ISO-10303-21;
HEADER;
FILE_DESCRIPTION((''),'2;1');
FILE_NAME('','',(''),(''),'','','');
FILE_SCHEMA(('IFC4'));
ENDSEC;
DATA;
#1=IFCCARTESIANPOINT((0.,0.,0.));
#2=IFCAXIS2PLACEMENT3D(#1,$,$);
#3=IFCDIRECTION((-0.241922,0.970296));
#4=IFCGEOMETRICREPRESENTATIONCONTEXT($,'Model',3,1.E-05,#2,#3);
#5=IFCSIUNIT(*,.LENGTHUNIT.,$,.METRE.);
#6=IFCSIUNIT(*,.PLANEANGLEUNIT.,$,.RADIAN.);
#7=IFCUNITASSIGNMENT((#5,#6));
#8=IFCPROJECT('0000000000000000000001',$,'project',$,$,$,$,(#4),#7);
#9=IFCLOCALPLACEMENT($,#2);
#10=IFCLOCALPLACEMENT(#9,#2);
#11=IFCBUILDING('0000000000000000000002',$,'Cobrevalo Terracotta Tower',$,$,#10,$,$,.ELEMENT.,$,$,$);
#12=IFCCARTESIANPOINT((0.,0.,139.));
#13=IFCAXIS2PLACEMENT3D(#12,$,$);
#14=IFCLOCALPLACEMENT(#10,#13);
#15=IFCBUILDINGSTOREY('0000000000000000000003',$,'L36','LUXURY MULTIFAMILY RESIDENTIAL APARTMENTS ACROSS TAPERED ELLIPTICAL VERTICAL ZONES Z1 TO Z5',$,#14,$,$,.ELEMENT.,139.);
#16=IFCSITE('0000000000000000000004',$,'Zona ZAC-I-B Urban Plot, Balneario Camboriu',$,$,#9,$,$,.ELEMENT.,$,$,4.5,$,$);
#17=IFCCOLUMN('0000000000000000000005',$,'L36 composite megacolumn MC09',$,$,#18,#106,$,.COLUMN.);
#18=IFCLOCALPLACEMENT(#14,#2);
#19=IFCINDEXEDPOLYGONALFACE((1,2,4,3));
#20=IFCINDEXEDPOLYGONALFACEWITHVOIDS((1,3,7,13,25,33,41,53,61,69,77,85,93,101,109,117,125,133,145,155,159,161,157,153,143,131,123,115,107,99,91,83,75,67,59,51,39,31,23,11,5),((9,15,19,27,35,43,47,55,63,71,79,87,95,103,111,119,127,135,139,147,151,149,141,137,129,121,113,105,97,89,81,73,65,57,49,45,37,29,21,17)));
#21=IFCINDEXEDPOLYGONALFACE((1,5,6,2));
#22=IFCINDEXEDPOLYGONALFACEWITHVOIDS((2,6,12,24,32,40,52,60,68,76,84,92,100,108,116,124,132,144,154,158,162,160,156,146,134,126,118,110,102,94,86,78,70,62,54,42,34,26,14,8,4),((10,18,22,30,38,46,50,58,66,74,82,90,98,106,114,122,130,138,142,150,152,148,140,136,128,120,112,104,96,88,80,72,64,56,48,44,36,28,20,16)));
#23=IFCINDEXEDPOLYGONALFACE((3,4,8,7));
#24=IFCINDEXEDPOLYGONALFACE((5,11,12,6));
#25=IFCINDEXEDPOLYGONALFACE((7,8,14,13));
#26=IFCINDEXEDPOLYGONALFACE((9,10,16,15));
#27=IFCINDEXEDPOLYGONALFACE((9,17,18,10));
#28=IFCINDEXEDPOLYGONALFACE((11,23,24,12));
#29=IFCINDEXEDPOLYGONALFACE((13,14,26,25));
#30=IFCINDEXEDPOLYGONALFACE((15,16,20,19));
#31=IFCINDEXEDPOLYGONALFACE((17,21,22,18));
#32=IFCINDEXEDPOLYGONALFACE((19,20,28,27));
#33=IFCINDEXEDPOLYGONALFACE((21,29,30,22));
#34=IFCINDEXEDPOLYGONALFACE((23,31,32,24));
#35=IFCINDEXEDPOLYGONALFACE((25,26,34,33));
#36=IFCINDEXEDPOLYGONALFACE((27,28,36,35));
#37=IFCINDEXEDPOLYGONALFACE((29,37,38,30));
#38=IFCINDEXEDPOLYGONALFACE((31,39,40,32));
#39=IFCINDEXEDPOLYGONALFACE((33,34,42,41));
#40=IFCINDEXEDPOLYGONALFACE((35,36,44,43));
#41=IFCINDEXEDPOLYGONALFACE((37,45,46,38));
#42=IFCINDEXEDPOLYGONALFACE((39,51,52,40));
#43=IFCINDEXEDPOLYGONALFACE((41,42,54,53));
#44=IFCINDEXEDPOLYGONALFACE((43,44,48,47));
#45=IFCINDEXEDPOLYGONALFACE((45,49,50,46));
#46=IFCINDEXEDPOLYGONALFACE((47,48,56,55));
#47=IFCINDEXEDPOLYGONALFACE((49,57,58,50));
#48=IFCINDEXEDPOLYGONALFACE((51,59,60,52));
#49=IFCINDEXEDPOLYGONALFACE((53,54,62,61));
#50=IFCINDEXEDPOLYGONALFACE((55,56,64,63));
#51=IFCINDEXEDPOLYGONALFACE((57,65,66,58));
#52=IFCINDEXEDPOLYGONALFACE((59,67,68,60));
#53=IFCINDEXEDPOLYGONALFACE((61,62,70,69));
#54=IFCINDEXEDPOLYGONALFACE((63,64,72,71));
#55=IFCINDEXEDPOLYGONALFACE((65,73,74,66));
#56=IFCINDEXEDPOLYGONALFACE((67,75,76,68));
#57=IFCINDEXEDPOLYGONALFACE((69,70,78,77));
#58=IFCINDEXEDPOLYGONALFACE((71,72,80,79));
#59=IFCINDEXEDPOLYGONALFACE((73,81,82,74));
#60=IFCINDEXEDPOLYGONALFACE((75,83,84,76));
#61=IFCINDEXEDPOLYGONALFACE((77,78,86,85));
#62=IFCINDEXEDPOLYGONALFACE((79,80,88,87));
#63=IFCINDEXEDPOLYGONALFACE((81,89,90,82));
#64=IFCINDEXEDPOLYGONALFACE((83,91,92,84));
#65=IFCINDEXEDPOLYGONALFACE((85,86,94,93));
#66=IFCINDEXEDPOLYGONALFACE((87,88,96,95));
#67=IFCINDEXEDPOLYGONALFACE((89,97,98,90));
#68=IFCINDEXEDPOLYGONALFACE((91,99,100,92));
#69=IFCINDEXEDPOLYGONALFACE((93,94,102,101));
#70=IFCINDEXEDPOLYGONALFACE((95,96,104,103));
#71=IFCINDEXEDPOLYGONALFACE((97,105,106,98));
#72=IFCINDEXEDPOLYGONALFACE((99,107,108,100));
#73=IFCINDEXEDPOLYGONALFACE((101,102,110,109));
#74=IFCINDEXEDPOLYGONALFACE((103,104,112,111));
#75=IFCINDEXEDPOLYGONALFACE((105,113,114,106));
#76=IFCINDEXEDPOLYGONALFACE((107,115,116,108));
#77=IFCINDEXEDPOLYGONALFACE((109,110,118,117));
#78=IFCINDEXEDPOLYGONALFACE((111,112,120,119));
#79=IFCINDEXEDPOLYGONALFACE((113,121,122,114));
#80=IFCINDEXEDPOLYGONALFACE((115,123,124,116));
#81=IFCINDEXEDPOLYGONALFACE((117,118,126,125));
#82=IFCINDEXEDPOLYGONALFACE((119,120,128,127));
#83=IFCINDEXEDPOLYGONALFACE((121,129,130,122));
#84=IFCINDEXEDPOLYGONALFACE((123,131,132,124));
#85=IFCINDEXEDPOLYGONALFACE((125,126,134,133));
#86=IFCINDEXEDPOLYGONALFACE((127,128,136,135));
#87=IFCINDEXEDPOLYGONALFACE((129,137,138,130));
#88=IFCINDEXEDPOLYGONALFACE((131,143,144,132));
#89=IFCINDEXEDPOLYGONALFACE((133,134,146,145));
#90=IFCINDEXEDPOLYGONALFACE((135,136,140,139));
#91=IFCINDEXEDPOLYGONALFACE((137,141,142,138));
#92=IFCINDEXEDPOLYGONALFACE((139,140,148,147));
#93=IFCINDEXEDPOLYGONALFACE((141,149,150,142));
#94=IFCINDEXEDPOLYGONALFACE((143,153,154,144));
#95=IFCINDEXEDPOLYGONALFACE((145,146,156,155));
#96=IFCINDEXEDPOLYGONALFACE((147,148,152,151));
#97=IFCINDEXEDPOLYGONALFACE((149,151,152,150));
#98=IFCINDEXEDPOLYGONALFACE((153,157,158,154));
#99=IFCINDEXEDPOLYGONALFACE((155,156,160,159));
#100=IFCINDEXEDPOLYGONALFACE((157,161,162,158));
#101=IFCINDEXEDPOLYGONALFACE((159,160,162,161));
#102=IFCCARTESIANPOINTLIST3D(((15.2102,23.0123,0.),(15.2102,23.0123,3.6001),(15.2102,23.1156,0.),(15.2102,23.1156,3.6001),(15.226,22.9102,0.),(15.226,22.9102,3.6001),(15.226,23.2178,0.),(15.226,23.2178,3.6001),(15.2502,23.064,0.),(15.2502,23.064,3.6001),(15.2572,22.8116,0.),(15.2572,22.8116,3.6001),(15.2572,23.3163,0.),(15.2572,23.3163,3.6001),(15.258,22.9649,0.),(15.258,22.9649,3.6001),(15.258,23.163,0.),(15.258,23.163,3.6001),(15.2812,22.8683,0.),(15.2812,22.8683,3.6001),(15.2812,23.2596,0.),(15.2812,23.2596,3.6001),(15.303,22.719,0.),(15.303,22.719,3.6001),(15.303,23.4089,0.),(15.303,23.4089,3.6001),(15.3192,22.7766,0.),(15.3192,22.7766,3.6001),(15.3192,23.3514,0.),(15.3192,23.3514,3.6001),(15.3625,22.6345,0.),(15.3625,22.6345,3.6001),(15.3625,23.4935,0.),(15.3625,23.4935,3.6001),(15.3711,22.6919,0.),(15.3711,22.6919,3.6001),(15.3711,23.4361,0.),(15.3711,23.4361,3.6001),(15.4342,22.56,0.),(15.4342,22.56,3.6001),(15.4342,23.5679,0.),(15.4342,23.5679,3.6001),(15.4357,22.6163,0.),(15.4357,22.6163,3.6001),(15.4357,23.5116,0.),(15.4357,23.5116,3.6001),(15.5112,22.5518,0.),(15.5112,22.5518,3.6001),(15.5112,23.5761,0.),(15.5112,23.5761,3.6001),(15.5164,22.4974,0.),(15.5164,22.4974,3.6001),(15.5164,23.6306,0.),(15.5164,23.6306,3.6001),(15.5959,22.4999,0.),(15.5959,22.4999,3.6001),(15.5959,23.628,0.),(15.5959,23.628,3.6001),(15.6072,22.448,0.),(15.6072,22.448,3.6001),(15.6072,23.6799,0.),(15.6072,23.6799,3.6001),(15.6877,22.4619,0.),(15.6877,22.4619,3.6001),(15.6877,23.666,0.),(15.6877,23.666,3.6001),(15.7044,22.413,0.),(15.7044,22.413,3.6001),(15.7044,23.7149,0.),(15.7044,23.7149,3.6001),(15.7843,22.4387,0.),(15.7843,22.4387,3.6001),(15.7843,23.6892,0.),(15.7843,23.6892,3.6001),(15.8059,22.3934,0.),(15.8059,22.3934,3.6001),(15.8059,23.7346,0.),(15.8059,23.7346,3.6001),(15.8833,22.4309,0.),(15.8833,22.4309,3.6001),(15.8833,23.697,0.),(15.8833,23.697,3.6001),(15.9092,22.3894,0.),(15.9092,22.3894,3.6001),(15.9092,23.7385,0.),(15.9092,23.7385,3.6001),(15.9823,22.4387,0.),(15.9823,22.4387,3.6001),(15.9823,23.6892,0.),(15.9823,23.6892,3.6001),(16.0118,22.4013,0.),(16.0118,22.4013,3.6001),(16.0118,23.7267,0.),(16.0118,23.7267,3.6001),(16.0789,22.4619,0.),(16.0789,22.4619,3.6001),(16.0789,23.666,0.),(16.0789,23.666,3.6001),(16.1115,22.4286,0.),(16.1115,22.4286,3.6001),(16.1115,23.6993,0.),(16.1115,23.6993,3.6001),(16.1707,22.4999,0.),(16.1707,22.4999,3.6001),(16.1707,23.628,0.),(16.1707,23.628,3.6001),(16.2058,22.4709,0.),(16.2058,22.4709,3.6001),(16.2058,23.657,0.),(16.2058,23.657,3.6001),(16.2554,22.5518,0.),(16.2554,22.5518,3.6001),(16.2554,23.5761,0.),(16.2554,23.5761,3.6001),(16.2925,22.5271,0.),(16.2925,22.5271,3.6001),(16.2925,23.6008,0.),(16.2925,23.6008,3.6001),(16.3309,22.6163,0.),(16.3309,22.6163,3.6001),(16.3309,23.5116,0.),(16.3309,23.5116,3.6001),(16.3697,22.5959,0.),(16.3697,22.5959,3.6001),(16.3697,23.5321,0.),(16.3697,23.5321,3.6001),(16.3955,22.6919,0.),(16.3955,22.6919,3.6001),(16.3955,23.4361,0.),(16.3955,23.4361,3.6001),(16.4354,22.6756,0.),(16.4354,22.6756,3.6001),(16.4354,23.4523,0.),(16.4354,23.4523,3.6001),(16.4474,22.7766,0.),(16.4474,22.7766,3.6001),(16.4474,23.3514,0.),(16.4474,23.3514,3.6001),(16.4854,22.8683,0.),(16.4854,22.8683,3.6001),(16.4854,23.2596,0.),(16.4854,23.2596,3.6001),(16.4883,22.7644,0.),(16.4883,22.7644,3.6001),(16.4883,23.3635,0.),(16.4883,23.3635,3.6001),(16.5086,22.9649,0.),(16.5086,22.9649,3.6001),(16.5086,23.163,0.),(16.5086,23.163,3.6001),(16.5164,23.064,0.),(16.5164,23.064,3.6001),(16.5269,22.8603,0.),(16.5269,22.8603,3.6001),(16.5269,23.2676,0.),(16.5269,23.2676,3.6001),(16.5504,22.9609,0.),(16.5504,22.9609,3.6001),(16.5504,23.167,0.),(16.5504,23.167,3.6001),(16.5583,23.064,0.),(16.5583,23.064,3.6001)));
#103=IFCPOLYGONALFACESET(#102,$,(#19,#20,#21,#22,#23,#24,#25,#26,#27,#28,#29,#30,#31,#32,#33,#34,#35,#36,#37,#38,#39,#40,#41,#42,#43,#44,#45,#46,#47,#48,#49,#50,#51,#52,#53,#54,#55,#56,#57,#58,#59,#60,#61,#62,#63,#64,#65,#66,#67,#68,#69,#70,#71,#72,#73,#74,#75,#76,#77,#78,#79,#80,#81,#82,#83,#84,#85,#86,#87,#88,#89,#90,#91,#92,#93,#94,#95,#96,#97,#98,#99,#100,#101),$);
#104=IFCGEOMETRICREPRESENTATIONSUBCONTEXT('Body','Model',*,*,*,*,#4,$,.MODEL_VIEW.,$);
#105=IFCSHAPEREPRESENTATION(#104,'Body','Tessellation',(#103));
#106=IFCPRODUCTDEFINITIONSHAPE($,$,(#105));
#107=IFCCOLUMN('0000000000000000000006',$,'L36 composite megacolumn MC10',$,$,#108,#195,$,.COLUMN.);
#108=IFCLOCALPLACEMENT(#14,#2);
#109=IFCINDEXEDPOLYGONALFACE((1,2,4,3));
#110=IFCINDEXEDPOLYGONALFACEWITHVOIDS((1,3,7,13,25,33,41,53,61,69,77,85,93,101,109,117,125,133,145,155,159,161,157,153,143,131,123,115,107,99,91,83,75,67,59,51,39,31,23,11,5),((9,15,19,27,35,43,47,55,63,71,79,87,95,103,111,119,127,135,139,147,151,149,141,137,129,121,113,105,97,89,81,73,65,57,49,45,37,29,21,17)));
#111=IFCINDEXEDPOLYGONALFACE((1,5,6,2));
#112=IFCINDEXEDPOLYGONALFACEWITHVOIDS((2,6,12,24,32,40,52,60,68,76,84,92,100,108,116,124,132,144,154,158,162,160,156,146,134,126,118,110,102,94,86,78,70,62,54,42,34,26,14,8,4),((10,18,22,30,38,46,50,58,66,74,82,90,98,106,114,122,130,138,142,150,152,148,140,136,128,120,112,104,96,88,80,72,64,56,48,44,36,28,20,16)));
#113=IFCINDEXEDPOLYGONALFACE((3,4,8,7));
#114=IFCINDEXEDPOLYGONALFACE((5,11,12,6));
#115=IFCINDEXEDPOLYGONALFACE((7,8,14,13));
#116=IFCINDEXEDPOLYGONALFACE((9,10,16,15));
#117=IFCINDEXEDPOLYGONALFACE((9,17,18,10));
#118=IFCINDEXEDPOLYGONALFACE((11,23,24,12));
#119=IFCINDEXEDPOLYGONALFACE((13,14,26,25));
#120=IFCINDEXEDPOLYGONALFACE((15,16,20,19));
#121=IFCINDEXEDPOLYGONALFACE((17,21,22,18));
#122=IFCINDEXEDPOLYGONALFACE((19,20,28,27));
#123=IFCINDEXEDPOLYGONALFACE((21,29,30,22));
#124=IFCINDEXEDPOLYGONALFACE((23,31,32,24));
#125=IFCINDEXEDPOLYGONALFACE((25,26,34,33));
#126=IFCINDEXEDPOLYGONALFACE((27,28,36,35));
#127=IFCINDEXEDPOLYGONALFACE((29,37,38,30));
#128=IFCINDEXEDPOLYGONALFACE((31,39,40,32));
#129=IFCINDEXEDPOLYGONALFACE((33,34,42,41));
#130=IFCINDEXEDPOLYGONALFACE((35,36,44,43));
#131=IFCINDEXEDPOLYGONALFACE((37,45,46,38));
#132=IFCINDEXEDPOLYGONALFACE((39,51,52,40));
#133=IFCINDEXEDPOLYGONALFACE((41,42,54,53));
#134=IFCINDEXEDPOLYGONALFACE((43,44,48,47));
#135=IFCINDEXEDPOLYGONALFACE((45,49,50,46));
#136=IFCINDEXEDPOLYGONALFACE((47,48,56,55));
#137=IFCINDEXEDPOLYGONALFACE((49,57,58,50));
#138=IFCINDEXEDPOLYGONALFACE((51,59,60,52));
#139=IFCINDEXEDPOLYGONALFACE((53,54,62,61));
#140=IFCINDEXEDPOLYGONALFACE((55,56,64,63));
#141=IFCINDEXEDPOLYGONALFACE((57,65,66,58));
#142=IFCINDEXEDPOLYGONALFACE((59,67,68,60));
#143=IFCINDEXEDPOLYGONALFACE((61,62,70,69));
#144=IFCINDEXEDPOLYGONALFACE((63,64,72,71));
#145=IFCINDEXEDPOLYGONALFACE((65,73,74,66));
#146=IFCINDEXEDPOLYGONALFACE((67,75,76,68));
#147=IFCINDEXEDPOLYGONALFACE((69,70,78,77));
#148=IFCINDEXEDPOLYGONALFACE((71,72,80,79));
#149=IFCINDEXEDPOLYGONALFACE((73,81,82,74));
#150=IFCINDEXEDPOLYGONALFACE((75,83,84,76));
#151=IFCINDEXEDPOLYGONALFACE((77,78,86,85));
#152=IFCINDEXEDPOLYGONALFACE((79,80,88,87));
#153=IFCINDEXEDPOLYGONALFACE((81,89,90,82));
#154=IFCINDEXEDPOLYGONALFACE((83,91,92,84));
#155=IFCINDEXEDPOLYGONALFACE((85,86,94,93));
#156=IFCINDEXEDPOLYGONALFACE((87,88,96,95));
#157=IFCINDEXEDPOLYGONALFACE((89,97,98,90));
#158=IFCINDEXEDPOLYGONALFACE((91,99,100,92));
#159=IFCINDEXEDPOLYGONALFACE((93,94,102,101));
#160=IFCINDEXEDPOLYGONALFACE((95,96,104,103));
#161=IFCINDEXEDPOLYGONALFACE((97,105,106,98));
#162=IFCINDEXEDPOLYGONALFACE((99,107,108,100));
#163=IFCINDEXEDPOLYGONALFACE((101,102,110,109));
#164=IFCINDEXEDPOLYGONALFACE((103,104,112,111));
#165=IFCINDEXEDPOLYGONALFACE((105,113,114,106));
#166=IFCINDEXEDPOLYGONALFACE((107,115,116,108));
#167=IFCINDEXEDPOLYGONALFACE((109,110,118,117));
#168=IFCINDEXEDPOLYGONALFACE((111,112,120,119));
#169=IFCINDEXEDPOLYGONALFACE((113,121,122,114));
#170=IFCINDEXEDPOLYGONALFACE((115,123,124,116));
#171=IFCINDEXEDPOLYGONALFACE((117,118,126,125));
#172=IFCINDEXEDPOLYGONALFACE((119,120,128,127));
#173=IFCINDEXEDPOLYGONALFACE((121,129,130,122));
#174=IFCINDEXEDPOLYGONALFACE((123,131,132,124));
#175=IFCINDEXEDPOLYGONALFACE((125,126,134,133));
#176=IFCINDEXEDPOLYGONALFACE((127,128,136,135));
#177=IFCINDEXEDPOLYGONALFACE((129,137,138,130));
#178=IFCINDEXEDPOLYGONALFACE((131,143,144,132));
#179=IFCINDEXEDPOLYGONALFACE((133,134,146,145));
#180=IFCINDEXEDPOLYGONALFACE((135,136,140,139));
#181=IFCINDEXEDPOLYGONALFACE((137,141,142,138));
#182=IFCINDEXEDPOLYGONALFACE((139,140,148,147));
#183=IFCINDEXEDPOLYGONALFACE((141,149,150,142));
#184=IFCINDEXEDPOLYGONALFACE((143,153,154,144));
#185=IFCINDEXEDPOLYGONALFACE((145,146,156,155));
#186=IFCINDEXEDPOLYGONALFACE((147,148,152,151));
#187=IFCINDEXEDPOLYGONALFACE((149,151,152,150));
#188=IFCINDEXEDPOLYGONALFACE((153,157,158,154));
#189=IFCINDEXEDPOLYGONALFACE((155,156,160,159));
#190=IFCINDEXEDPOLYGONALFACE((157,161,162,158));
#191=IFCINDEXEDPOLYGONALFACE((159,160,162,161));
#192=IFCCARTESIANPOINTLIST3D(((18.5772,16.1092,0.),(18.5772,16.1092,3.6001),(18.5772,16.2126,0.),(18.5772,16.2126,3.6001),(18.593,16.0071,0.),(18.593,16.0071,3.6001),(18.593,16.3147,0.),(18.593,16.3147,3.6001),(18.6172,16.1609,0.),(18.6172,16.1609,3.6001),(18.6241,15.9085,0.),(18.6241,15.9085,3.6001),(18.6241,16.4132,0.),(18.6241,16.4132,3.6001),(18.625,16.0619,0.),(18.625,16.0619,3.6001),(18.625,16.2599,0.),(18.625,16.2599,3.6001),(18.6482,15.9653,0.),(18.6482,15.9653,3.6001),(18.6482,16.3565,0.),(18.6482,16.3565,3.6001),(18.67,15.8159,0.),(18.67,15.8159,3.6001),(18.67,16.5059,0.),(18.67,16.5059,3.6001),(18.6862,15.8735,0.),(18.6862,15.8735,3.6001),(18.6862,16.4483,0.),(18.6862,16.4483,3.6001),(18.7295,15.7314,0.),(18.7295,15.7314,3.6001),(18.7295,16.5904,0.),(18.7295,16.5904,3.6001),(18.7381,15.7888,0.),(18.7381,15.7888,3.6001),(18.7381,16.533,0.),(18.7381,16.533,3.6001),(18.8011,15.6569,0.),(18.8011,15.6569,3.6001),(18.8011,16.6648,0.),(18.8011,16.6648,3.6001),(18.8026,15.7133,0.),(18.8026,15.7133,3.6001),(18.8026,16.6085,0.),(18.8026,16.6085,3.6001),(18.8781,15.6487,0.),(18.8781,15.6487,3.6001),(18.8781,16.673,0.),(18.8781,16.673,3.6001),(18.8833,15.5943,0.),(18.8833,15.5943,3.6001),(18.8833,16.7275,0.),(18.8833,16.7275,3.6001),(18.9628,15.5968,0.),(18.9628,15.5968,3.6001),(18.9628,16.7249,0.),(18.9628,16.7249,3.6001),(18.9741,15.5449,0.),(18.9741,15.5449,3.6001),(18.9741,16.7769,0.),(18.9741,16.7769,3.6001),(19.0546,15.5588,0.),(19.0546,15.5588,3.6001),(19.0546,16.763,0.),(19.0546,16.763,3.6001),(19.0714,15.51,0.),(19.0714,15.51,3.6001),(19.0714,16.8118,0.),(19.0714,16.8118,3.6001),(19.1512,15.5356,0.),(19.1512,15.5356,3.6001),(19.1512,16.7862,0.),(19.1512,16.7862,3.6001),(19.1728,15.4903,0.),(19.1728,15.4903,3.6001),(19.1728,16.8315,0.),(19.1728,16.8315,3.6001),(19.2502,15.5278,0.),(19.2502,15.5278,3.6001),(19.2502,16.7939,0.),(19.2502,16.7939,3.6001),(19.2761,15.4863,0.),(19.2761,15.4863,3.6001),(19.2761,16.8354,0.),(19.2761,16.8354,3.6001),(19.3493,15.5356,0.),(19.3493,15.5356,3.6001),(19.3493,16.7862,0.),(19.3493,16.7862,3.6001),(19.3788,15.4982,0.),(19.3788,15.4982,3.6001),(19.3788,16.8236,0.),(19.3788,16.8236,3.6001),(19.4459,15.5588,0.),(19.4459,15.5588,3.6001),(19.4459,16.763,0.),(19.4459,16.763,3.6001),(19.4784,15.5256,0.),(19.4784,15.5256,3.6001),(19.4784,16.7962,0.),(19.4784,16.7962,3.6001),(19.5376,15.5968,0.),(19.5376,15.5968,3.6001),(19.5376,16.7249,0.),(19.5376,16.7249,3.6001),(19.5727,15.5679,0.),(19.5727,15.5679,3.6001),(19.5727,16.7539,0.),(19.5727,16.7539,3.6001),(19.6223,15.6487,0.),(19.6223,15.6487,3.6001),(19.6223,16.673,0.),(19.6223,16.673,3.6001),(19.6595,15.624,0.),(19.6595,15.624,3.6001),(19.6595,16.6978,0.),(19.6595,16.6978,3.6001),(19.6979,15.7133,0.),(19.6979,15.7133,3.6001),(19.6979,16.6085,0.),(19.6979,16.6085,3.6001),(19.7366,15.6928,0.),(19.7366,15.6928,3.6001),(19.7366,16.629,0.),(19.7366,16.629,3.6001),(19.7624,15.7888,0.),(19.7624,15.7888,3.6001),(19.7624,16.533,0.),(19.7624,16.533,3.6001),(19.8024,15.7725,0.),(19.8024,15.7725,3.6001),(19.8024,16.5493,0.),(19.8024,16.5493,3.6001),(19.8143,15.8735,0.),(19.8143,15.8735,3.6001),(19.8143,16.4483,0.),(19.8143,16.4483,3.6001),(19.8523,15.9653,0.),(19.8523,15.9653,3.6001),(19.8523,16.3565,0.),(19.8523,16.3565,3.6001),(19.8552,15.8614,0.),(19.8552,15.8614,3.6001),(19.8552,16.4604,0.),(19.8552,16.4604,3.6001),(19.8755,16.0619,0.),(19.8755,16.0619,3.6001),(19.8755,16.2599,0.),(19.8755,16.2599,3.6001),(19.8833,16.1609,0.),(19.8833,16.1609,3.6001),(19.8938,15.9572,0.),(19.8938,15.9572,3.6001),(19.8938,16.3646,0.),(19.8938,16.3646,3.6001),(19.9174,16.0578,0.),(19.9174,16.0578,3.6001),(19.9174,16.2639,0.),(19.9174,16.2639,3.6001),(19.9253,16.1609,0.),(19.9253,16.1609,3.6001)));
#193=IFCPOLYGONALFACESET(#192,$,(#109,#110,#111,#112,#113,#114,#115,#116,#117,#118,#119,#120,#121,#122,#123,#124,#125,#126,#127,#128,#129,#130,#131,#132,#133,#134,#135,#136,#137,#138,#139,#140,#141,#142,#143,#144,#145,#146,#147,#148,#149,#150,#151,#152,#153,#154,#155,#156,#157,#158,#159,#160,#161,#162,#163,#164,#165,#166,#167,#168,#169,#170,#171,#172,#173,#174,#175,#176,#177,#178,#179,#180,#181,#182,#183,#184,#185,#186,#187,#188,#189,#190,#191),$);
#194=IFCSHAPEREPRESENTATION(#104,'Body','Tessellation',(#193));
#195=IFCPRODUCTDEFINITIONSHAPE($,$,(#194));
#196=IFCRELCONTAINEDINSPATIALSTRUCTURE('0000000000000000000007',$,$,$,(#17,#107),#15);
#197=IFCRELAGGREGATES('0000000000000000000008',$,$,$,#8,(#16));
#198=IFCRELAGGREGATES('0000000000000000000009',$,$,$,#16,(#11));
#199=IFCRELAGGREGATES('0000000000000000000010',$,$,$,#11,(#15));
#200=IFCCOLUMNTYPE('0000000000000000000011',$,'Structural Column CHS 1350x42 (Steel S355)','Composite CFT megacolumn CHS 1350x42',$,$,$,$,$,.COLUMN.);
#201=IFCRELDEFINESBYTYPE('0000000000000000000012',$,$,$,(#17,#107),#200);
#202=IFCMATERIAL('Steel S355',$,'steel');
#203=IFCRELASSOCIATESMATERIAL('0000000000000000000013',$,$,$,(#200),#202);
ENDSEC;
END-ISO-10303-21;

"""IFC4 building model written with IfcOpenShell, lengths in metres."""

from ifc_helpers import new_model, si_unit, direction, frame, origin, origin_2d, place, context, subcontext, project, spatial, hollow_circle, extrude, material, material_profile, profile_set, type_object, element, save


model = new_model("IFC4")

# Units and contexts
model_context = context("Model", 3, precision=1e-05, world=origin(), true_north=direction((-0.241922, 0.970296)))
body_context = subcontext(model_context, "Body", "Model", "MODEL_VIEW")
ifc_project = project(units=[si_unit("LENGTHUNIT", "METRE"), si_unit("PLANEANGLEUNIT", "RADIAN")], contexts=[model_context])

# Site, building, storey
site_placement = place(None, origin())
site = spatial("IfcSite", under=ifc_project, at=site_placement, Name="Zona ZAC-I-B Urban Plot, Balneario Camboriu", CompositionType="ELEMENT", RefElevation=4.5)
building_placement = place(site_placement, origin())
building = spatial("IfcBuilding", under=site, at=building_placement, Name="Cobrevalo Terracotta Tower", CompositionType="ELEMENT")
storey_placement = place(building_placement, frame((0.0, 0.0, 139.0)))
storey = spatial("IfcBuildingStorey", under=building, at=storey_placement, Name="L36", Description="LUXURY MULTIFAMILY RESIDENTIAL APARTMENTS ACROSS TAPERED ELLIPTICAL VERTICAL ZONES Z1 TO Z5", CompositionType="ELEMENT", Elevation=139.0)

# Columns
ifc_material_1 = material(Name="Steel S355", Category="steel")
ifc_material_profile_1 = material_profile(ifc_material_1, hollow_circle(Radius=0.675, WallThickness=0.042, at=origin_2d()), Name="CHS 1350x42")
ifc_profile_set_1 = profile_set([ifc_material_profile_1], Name="Steel S355")
column_type = type_object("IfcColumnType", Name="Structural Column CHS 1350x42 (Steel S355)", Description="Composite CFT megacolumn CHS 1350x42", PredefinedType="COLUMN", material=ifc_profile_set_1)
for number, where, z_axis, x_axis, name in (
    (1, (15.8833, 23.064, 0.0), (0.0, 0.0, 1.0), (1.0, 0.0, 0.0), "L36 composite megacolumn MC09"),
    (2, (19.2502, 16.1609, 0.0), (0.0, 0.0, 1.0), (1.0, 0.0, 0.0), "L36 composite megacolumn MC10"),
):
    element("IfcColumn", number, at=place(storey_placement, frame(where, z_axis=z_axis, x_axis=x_axis)), inside=storey, type_object=column_type, Name=name, PredefinedType="COLUMN", context=body_context, shape_type="SweptSolid", body=[
        extrude(hollow_circle(Radius=0.675, WallThickness=0.042, at=origin_2d()), origin(), (0.0, 0.0, 1.0), 3.6001),
    ])

save(model, "model.ifc")
